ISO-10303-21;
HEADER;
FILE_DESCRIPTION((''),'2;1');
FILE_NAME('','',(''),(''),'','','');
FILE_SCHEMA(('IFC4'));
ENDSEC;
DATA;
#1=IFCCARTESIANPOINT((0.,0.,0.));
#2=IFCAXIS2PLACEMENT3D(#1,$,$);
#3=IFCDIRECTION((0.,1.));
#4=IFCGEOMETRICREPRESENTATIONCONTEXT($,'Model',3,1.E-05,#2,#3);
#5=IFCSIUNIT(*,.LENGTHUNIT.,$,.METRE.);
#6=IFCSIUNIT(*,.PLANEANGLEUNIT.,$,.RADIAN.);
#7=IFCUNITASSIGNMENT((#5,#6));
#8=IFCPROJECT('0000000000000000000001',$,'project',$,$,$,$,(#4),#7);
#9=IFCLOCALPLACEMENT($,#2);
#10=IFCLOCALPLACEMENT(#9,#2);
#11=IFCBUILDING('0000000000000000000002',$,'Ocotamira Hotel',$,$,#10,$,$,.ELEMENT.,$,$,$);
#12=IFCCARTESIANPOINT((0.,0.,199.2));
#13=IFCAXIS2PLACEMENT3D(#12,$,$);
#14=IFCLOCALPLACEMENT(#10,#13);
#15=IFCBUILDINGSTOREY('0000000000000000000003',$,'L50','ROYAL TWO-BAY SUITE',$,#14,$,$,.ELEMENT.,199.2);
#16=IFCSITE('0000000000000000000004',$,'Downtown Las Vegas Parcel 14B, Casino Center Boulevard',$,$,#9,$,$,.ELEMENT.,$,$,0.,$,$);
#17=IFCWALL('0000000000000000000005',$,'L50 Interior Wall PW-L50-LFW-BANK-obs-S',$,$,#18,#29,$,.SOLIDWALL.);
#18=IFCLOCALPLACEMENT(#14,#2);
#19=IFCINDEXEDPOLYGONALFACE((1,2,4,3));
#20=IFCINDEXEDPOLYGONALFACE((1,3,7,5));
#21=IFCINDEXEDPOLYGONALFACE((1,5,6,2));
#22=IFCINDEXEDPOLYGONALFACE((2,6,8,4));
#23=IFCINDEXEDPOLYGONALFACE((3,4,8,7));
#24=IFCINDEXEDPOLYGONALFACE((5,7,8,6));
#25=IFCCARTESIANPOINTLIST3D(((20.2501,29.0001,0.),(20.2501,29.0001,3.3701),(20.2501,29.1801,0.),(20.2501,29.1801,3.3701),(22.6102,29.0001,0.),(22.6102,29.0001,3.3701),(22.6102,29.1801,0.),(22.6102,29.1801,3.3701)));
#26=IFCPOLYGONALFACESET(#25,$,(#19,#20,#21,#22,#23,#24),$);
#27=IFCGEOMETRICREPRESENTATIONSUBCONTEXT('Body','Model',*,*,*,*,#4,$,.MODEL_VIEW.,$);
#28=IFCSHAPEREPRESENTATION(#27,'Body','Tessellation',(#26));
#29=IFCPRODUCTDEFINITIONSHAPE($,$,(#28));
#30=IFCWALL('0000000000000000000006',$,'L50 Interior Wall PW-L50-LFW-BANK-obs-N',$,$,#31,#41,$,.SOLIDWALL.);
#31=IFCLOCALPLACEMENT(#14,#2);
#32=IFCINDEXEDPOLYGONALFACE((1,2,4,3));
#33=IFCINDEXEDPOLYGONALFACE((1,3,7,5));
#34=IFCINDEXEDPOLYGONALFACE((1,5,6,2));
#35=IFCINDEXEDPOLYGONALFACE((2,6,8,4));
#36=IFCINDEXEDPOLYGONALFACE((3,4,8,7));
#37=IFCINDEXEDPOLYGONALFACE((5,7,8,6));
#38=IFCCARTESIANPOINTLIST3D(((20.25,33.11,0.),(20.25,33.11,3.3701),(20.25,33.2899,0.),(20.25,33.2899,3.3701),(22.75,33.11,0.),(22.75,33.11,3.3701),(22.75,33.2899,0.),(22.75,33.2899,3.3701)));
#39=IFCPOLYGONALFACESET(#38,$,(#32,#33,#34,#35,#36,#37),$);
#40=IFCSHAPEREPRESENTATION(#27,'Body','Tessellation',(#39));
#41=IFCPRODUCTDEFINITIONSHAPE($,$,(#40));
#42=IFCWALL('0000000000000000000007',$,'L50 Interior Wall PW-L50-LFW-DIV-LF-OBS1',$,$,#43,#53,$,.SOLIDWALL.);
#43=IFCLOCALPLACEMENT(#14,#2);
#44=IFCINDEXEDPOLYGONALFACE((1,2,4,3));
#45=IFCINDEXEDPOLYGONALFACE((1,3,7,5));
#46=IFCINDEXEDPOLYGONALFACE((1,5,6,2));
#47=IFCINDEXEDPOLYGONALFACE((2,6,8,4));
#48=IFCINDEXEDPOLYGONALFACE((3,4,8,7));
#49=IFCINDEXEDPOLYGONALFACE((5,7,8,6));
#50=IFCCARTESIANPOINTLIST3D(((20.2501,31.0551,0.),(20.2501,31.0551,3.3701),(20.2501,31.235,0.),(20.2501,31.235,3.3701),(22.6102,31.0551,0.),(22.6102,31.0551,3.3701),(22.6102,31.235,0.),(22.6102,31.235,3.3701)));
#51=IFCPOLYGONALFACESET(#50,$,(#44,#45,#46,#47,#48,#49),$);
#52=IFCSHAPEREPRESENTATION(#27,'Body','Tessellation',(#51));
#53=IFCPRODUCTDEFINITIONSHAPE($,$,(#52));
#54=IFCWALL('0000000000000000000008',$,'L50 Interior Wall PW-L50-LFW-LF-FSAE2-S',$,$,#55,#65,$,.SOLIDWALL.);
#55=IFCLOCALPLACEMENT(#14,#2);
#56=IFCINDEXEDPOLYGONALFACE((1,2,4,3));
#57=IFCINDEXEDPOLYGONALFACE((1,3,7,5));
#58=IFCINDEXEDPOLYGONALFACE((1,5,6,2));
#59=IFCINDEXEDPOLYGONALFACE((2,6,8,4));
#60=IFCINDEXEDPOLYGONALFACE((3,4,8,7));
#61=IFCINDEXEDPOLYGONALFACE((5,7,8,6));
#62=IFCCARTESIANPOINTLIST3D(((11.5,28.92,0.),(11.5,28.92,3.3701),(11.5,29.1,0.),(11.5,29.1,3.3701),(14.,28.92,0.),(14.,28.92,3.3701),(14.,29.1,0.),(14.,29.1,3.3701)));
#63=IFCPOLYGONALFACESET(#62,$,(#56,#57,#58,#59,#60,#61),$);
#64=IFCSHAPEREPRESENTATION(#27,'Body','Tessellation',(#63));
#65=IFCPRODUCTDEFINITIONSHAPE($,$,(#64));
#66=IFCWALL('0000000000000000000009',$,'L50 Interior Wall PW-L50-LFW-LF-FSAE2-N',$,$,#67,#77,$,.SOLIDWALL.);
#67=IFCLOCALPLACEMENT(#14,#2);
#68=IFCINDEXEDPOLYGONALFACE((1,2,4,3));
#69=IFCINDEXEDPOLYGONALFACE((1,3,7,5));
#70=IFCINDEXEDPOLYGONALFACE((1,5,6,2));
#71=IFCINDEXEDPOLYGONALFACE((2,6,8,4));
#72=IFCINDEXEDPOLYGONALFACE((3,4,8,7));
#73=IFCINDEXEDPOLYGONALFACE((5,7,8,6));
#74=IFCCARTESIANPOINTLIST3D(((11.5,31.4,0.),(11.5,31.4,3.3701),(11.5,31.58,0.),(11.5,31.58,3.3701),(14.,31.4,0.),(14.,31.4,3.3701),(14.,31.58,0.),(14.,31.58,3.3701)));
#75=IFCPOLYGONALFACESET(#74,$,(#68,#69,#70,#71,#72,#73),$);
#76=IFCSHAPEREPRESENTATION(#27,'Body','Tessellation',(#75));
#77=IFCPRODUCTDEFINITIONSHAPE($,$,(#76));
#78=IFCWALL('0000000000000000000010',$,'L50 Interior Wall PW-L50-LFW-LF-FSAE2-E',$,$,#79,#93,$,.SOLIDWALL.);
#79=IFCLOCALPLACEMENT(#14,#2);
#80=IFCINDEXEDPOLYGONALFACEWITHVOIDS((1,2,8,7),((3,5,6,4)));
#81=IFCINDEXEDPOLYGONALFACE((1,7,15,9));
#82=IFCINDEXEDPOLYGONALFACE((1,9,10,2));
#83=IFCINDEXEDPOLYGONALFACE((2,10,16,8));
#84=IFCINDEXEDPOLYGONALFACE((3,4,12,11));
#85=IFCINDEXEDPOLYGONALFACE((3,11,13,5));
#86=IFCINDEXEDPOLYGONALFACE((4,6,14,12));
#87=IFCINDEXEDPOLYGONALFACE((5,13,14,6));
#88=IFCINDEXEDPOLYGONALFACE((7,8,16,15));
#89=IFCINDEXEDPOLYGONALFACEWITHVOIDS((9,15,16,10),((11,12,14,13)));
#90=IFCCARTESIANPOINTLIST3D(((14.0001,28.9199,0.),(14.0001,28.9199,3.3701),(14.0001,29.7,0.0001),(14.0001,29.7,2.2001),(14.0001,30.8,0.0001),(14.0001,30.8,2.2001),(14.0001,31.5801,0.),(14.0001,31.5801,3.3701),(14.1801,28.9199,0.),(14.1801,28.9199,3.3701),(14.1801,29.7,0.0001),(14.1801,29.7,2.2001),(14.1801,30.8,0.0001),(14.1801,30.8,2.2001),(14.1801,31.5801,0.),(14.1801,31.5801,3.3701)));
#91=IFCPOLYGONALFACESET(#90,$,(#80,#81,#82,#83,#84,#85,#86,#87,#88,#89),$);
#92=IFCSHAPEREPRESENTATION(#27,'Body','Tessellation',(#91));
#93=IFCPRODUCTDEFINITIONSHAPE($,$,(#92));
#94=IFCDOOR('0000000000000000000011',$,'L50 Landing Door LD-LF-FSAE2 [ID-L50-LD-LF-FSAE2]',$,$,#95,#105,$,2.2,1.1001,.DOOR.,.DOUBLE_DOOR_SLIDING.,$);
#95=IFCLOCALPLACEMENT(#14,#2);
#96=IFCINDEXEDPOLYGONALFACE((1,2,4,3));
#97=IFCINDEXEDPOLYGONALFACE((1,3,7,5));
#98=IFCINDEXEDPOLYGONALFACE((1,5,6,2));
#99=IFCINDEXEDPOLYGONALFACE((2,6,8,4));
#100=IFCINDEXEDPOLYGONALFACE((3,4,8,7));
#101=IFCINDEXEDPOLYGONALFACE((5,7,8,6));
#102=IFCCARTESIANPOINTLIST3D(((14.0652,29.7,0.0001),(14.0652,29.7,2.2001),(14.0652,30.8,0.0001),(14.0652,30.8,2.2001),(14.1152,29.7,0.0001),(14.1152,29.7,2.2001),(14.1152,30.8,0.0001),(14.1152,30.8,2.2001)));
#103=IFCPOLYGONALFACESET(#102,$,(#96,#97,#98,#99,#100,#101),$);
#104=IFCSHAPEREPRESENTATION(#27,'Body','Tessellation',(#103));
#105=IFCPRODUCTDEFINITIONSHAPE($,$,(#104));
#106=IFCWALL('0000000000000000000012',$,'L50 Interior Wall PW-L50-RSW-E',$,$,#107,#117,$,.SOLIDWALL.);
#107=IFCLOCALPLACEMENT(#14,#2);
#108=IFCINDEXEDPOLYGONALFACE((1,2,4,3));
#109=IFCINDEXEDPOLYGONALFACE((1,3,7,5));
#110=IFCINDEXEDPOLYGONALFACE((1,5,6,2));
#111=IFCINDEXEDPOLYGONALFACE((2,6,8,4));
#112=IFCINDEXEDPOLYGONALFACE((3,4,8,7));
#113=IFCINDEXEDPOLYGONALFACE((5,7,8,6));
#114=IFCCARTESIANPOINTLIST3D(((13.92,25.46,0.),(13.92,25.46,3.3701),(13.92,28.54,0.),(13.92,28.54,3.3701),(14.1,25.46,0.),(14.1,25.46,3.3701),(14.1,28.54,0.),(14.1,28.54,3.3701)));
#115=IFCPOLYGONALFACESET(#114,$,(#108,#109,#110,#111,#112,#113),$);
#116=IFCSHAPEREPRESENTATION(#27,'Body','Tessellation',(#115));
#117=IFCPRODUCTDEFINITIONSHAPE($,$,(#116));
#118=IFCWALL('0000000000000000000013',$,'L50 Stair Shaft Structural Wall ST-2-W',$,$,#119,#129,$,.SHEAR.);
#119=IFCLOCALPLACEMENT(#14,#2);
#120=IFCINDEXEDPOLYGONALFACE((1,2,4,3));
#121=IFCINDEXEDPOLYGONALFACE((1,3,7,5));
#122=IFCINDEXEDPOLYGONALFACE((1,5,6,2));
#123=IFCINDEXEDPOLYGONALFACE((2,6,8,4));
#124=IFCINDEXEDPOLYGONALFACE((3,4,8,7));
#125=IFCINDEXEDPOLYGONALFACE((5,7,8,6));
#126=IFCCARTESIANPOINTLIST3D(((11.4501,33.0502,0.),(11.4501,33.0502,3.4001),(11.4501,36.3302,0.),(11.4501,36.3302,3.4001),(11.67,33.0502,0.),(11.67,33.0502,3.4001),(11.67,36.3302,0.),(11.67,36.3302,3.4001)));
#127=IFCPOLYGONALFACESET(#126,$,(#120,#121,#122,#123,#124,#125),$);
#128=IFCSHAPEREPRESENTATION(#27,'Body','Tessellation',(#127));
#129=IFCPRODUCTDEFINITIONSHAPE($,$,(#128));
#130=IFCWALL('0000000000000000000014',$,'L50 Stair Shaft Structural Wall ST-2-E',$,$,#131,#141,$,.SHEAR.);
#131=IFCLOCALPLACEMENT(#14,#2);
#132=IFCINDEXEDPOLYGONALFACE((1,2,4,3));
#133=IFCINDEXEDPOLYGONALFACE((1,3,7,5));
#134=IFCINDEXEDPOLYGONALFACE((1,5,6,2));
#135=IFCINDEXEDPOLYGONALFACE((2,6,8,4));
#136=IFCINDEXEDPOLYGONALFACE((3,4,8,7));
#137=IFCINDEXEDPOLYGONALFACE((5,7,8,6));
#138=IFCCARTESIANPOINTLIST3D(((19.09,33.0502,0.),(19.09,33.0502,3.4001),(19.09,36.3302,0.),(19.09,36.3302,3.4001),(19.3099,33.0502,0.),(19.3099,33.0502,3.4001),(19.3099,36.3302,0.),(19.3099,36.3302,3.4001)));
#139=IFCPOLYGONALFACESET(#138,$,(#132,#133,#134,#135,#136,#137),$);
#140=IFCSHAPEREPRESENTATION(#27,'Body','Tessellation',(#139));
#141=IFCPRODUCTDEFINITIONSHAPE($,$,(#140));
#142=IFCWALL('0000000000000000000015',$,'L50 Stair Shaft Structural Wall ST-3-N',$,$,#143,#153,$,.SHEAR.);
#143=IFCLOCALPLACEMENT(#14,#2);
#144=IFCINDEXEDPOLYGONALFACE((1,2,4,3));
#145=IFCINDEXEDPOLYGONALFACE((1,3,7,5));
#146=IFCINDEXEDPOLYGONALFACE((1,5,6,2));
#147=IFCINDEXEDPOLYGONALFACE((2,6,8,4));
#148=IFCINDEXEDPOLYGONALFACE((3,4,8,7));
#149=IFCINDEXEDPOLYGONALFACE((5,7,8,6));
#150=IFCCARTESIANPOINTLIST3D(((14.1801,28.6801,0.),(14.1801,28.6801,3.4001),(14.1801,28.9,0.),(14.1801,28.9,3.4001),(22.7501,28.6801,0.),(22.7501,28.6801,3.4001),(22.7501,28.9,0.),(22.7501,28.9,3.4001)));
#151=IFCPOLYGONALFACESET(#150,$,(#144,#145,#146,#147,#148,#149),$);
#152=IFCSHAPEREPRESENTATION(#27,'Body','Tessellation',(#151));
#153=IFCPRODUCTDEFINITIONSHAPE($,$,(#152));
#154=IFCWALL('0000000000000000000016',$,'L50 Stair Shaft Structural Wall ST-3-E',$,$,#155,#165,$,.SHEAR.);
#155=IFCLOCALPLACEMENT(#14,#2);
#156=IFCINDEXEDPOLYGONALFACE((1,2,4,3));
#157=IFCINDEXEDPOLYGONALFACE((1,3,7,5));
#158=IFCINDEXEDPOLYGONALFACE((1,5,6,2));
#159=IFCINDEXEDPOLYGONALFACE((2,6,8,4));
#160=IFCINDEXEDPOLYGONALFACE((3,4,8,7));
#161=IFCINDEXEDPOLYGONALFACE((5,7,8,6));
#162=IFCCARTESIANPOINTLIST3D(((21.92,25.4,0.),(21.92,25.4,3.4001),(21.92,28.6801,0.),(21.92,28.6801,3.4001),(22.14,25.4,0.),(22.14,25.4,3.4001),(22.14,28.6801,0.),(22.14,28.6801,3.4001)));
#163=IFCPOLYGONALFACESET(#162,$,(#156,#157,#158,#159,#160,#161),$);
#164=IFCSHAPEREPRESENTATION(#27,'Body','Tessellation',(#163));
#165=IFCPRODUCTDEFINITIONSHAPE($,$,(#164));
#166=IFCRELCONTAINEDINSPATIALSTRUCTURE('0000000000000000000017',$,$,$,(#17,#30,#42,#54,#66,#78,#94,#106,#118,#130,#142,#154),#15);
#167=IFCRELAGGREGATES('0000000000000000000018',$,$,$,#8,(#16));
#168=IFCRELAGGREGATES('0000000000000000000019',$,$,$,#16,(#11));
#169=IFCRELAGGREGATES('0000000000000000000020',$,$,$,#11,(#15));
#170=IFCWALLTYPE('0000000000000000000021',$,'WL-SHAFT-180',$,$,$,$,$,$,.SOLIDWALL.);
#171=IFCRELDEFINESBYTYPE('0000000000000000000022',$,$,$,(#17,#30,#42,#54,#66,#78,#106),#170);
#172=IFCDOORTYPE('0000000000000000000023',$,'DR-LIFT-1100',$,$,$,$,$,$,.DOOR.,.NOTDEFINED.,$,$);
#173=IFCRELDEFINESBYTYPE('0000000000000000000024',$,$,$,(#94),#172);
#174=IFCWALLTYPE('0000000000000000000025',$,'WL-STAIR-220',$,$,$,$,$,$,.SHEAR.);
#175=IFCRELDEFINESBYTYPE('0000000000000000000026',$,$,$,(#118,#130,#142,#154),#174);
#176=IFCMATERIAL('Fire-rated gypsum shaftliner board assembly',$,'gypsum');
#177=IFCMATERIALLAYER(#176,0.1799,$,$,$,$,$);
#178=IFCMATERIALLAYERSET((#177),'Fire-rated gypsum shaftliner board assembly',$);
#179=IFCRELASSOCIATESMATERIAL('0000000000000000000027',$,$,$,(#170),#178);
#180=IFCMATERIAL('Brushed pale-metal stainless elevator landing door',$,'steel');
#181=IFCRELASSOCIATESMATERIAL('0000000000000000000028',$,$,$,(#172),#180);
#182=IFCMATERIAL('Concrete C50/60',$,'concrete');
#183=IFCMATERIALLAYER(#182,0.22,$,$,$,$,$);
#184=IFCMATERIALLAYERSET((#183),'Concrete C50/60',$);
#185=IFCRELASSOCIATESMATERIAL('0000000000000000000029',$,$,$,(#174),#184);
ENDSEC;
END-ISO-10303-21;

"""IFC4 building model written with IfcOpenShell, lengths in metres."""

from ifc_helpers import new_model, si_unit, direction, frame, frame_2d, origin, place, context, subcontext, project, spatial, rectangle, extrude, source, transform, mapped, material, layer, layer_set, type_object, element, fill, save


model = new_model("IFC4")

# Units and contexts
model_context = context("Model", 3, precision=1e-05, world=origin(), true_north=direction((0.0, 1.0)))
body_context = subcontext(model_context, "Body", "Model", "MODEL_VIEW")
ifc_project = project(units=[si_unit("LENGTHUNIT", "METRE"), si_unit("PLANEANGLEUNIT", "RADIAN")], contexts=[model_context])

# Site, building, storey
site_placement = place(None, origin())
site = spatial("IfcSite", under=ifc_project, at=site_placement, Name="Downtown Las Vegas Parcel 14B, Casino Center Boulevard", CompositionType="ELEMENT", RefElevation=0.0)
building_placement = place(site_placement, origin())
building = spatial("IfcBuilding", under=site, at=building_placement, Name="Ocotamira Hotel", CompositionType="ELEMENT")
storey_placement = place(building_placement, frame((0.0, 0.0, 199.2)))
storey = spatial("IfcBuildingStorey", under=building, at=storey_placement, Name="L50", Description="ROYAL TWO-BAY SUITE", CompositionType="ELEMENT", Elevation=199.2)

# Walls
ifc_material_1 = material(Name="Fire-rated gypsum shaftliner board assembly", Category="gypsum")
ifc_layer_1 = layer(ifc_material_1, 0.1799)
ifc_layer_set_1 = layer_set([ifc_layer_1], Name="Fire-rated gypsum shaftliner board assembly")
wall_type_1 = type_object("IfcWallType", Name="WL-SHAFT-180", PredefinedType="SOLIDWALL", material=ifc_layer_set_1)
wall_1_placement = place(storey_placement, frame((20.25, 29.0901, 0.0), z_axis=(0.0, 0.0, 1.0), x_axis=(1.0, 0.0, 0.0)))
element("IfcWall", 1, at=wall_1_placement, inside=storey, type_object=wall_type_1, Name="L50 Interior Wall PW-L50-LFW-BANK-obs-S", PredefinedType="SOLIDWALL", context=body_context, shape_type="SweptSolid", body=[
    extrude(rectangle(XDim=2.3601, YDim=0.1799, at=frame_2d((1.1802, 0.0))), origin(), (0.0, 0.0, 1.0), 3.3701),
])
wall_2_placement = place(storey_placement, frame((20.25, 33.2, 0.0), z_axis=(0.0, 0.0, 1.0), x_axis=(1.0, 0.0, 0.0)))
element("IfcWall", 2, at=wall_2_placement, inside=storey, type_object=wall_type_1, Name="L50 Interior Wall PW-L50-LFW-BANK-obs-N", PredefinedType="SOLIDWALL", context=body_context, shape_type="SweptSolid", body=[
    extrude(rectangle(XDim=2.5, YDim=0.1799, at=frame_2d((1.25, 0.0))), origin(), (0.0, 0.0, 1.0), 3.3701),
])
wall_3_placement = place(storey_placement, frame((20.25, 31.145, 0.0), z_axis=(0.0, 0.0, 1.0), x_axis=(1.0, 0.0, 0.0)))
element("IfcWall", 3, at=wall_3_placement, inside=storey, type_object=wall_type_1, Name="L50 Interior Wall PW-L50-LFW-DIV-LF-OBS1", PredefinedType="SOLIDWALL", context=body_context, shape_type="SweptSolid", body=[
    extrude(rectangle(XDim=2.3601, YDim=0.1799, at=frame_2d((1.1802, 0.0))), origin(), (0.0, 0.0, 1.0), 3.3701),
])
for number, where, z_axis, x_axis, name in (
    (4, (11.5, 29.01, 0.0), (0.0, 0.0, 1.0), (1.0, 0.0, 0.0), "L50 Interior Wall PW-L50-LFW-LF-FSAE2-S"),
    (5, (11.5, 31.49, 0.0), (0.0, 0.0, 1.0), (1.0, 0.0, 0.0), "L50 Interior Wall PW-L50-LFW-LF-FSAE2-N"),
):
    element("IfcWall", number, at=place(storey_placement, frame(where, z_axis=z_axis, x_axis=x_axis)), inside=storey, type_object=wall_type_1, Name=name, PredefinedType="SOLIDWALL", context=body_context, shape_type="SweptSolid", body=[
        extrude(rectangle(XDim=2.5, YDim=0.1799, at=frame_2d((1.25, 0.0))), origin(), (0.0, 0.0, 1.0), 3.3701),
    ])

# Wall, opening, door
wall_4_placement = place(storey_placement, frame((14.0901, 28.9199, 0.0), z_axis=(0.0, 0.0, 1.0), x_axis=(0.0, 1.0, 0.0)))
wall_4 = element("IfcWall", 6, at=wall_4_placement, inside=storey, type_object=wall_type_1, Name="L50 Interior Wall PW-L50-LFW-LF-FSAE2-E", PredefinedType="SOLIDWALL", context=body_context, shape_type="SweptSolid", body=[
    extrude(rectangle(XDim=2.6602, YDim=0.1799, at=frame_2d((1.3301, 0.0))), origin(), (0.0, 0.0, 1.0), 3.3701),
])
opening_1_placement = place(wall_4_placement, frame((0.78, 0.0, 0.0)))
opening_1 = element("IfcOpeningElement", 7, at=opening_1_placement, cuts=wall_4, PredefinedType="OPENING", context=body_context, shape_type="SweptSolid", body=[
    extrude(rectangle(XDim=1.1001, YDim=2.2, at=frame_2d((0.55, 1.1001))), frame((0.0, 0.1001, 0.0), z_axis=(0.0, -1.0, 0.0), x_axis=(1.0, 0.0, 0.0)), (0.0, 0.0, 1.0), 0.2),
])
ifc_material_2 = material(Name="Brushed pale-metal stainless elevator landing door", Category="steel")
door_type_1 = type_object("IfcDoorType", Name="DR-LIFT-1100", OperationType="NOTDEFINED", PredefinedType="DOOR", material=ifc_material_2)
shared_shape_1 = source(origin(), body_context, "Body", "SweptSolid", [
    extrude(rectangle(XDim=1.1001, YDim=2.2, at=frame_2d((0.55, 1.1001))), frame((0.0, 0.0249, 0.0), z_axis=(0.0, -1.0, 0.0), x_axis=(1.0, 0.0, 0.0)), (0.0, 0.0, 1.0), 0.05),
])
door_1_placement = place(opening_1_placement, origin())
door_1 = element("IfcDoor", 8, at=door_1_placement, inside=storey, type_object=door_type_1, Name="L50 Landing Door LD-LF-FSAE2 [ID-L50-LD-LF-FSAE2]", OperationType="DOUBLE_DOOR_SLIDING", OverallHeight=2.2, OverallWidth=1.1001, PredefinedType="DOOR", context=body_context, shape_type="MappedRepresentation", body=[
    mapped(shared_shape_1, transform((0.0, 0.0, 0.0), scale=1.0)),
])
fill(opening_1, door_1)

# Walls
wall_5_placement = place(storey_placement, frame((14.01, 25.46, 0.0), z_axis=(0.0, 0.0, 1.0), x_axis=(0.0, 1.0, 0.0)))
element("IfcWall", 9, at=wall_5_placement, inside=storey, type_object=wall_type_1, Name="L50 Interior Wall PW-L50-RSW-E", PredefinedType="SOLIDWALL", context=body_context, shape_type="SweptSolid", body=[
    extrude(rectangle(XDim=3.0801, YDim=0.1799, at=frame_2d((1.54, 0.0))), origin(), (0.0, 0.0, 1.0), 3.3701),
])
ifc_material_3 = material(Name="Concrete C50/60", Category="concrete")
ifc_layer_2 = layer(ifc_material_3, 0.22)
ifc_layer_set_2 = layer_set([ifc_layer_2], Name="Concrete C50/60")
wall_type_2 = type_object("IfcWallType", Name="WL-STAIR-220", PredefinedType="SHEAR", material=ifc_layer_set_2)
for number, where, z_axis, x_axis, name in (
    (10, (11.5601, 33.05, 0.0), (0.0, 0.0, 1.0), (0.0, 1.0, 0.0), "L50 Stair Shaft Structural Wall ST-2-W"),
    (11, (19.2, 33.05, 0.0), (0.0, 0.0, 1.0), (0.0, 1.0, 0.0), "L50 Stair Shaft Structural Wall ST-2-E"),
):
    element("IfcWall", number, at=place(storey_placement, frame(where, z_axis=z_axis, x_axis=x_axis)), inside=storey, type_object=wall_type_2, Name=name, PredefinedType="SHEAR", context=body_context, shape_type="SweptSolid", body=[
        extrude(rectangle(XDim=3.28, YDim=0.22, at=frame_2d((1.6401, 0.0))), origin(), (0.0, 0.0, 1.0), 3.4001),
    ])
wall_6_placement = place(storey_placement, frame((14.1799, 28.79, 0.0), z_axis=(0.0, 0.0, 1.0), x_axis=(1.0, 0.0, 0.0)))
element("IfcWall", 12, at=wall_6_placement, inside=storey, type_object=wall_type_2, Name="L50 Stair Shaft Structural Wall ST-3-N", PredefinedType="SHEAR", context=body_context, shape_type="SweptSolid", body=[
    extrude(rectangle(XDim=8.5701, YDim=0.22, at=frame_2d((4.2852, 0.0))), origin(), (0.0, 0.0, 1.0), 3.4001),
])
wall_7_placement = place(storey_placement, frame((22.03, 25.3999, 0.0), z_axis=(0.0, 0.0, 1.0), x_axis=(0.0, 1.0, 0.0)))
element("IfcWall", 13, at=wall_7_placement, inside=storey, type_object=wall_type_2, Name="L50 Stair Shaft Structural Wall ST-3-E", PredefinedType="SHEAR", context=body_context, shape_type="SweptSolid", body=[
    extrude(rectangle(XDim=3.28, YDim=0.22, at=frame_2d((1.6401, 0.0))), origin(), (0.0, 0.0, 1.0), 3.4001),
])

save(model, "model.ifc")
